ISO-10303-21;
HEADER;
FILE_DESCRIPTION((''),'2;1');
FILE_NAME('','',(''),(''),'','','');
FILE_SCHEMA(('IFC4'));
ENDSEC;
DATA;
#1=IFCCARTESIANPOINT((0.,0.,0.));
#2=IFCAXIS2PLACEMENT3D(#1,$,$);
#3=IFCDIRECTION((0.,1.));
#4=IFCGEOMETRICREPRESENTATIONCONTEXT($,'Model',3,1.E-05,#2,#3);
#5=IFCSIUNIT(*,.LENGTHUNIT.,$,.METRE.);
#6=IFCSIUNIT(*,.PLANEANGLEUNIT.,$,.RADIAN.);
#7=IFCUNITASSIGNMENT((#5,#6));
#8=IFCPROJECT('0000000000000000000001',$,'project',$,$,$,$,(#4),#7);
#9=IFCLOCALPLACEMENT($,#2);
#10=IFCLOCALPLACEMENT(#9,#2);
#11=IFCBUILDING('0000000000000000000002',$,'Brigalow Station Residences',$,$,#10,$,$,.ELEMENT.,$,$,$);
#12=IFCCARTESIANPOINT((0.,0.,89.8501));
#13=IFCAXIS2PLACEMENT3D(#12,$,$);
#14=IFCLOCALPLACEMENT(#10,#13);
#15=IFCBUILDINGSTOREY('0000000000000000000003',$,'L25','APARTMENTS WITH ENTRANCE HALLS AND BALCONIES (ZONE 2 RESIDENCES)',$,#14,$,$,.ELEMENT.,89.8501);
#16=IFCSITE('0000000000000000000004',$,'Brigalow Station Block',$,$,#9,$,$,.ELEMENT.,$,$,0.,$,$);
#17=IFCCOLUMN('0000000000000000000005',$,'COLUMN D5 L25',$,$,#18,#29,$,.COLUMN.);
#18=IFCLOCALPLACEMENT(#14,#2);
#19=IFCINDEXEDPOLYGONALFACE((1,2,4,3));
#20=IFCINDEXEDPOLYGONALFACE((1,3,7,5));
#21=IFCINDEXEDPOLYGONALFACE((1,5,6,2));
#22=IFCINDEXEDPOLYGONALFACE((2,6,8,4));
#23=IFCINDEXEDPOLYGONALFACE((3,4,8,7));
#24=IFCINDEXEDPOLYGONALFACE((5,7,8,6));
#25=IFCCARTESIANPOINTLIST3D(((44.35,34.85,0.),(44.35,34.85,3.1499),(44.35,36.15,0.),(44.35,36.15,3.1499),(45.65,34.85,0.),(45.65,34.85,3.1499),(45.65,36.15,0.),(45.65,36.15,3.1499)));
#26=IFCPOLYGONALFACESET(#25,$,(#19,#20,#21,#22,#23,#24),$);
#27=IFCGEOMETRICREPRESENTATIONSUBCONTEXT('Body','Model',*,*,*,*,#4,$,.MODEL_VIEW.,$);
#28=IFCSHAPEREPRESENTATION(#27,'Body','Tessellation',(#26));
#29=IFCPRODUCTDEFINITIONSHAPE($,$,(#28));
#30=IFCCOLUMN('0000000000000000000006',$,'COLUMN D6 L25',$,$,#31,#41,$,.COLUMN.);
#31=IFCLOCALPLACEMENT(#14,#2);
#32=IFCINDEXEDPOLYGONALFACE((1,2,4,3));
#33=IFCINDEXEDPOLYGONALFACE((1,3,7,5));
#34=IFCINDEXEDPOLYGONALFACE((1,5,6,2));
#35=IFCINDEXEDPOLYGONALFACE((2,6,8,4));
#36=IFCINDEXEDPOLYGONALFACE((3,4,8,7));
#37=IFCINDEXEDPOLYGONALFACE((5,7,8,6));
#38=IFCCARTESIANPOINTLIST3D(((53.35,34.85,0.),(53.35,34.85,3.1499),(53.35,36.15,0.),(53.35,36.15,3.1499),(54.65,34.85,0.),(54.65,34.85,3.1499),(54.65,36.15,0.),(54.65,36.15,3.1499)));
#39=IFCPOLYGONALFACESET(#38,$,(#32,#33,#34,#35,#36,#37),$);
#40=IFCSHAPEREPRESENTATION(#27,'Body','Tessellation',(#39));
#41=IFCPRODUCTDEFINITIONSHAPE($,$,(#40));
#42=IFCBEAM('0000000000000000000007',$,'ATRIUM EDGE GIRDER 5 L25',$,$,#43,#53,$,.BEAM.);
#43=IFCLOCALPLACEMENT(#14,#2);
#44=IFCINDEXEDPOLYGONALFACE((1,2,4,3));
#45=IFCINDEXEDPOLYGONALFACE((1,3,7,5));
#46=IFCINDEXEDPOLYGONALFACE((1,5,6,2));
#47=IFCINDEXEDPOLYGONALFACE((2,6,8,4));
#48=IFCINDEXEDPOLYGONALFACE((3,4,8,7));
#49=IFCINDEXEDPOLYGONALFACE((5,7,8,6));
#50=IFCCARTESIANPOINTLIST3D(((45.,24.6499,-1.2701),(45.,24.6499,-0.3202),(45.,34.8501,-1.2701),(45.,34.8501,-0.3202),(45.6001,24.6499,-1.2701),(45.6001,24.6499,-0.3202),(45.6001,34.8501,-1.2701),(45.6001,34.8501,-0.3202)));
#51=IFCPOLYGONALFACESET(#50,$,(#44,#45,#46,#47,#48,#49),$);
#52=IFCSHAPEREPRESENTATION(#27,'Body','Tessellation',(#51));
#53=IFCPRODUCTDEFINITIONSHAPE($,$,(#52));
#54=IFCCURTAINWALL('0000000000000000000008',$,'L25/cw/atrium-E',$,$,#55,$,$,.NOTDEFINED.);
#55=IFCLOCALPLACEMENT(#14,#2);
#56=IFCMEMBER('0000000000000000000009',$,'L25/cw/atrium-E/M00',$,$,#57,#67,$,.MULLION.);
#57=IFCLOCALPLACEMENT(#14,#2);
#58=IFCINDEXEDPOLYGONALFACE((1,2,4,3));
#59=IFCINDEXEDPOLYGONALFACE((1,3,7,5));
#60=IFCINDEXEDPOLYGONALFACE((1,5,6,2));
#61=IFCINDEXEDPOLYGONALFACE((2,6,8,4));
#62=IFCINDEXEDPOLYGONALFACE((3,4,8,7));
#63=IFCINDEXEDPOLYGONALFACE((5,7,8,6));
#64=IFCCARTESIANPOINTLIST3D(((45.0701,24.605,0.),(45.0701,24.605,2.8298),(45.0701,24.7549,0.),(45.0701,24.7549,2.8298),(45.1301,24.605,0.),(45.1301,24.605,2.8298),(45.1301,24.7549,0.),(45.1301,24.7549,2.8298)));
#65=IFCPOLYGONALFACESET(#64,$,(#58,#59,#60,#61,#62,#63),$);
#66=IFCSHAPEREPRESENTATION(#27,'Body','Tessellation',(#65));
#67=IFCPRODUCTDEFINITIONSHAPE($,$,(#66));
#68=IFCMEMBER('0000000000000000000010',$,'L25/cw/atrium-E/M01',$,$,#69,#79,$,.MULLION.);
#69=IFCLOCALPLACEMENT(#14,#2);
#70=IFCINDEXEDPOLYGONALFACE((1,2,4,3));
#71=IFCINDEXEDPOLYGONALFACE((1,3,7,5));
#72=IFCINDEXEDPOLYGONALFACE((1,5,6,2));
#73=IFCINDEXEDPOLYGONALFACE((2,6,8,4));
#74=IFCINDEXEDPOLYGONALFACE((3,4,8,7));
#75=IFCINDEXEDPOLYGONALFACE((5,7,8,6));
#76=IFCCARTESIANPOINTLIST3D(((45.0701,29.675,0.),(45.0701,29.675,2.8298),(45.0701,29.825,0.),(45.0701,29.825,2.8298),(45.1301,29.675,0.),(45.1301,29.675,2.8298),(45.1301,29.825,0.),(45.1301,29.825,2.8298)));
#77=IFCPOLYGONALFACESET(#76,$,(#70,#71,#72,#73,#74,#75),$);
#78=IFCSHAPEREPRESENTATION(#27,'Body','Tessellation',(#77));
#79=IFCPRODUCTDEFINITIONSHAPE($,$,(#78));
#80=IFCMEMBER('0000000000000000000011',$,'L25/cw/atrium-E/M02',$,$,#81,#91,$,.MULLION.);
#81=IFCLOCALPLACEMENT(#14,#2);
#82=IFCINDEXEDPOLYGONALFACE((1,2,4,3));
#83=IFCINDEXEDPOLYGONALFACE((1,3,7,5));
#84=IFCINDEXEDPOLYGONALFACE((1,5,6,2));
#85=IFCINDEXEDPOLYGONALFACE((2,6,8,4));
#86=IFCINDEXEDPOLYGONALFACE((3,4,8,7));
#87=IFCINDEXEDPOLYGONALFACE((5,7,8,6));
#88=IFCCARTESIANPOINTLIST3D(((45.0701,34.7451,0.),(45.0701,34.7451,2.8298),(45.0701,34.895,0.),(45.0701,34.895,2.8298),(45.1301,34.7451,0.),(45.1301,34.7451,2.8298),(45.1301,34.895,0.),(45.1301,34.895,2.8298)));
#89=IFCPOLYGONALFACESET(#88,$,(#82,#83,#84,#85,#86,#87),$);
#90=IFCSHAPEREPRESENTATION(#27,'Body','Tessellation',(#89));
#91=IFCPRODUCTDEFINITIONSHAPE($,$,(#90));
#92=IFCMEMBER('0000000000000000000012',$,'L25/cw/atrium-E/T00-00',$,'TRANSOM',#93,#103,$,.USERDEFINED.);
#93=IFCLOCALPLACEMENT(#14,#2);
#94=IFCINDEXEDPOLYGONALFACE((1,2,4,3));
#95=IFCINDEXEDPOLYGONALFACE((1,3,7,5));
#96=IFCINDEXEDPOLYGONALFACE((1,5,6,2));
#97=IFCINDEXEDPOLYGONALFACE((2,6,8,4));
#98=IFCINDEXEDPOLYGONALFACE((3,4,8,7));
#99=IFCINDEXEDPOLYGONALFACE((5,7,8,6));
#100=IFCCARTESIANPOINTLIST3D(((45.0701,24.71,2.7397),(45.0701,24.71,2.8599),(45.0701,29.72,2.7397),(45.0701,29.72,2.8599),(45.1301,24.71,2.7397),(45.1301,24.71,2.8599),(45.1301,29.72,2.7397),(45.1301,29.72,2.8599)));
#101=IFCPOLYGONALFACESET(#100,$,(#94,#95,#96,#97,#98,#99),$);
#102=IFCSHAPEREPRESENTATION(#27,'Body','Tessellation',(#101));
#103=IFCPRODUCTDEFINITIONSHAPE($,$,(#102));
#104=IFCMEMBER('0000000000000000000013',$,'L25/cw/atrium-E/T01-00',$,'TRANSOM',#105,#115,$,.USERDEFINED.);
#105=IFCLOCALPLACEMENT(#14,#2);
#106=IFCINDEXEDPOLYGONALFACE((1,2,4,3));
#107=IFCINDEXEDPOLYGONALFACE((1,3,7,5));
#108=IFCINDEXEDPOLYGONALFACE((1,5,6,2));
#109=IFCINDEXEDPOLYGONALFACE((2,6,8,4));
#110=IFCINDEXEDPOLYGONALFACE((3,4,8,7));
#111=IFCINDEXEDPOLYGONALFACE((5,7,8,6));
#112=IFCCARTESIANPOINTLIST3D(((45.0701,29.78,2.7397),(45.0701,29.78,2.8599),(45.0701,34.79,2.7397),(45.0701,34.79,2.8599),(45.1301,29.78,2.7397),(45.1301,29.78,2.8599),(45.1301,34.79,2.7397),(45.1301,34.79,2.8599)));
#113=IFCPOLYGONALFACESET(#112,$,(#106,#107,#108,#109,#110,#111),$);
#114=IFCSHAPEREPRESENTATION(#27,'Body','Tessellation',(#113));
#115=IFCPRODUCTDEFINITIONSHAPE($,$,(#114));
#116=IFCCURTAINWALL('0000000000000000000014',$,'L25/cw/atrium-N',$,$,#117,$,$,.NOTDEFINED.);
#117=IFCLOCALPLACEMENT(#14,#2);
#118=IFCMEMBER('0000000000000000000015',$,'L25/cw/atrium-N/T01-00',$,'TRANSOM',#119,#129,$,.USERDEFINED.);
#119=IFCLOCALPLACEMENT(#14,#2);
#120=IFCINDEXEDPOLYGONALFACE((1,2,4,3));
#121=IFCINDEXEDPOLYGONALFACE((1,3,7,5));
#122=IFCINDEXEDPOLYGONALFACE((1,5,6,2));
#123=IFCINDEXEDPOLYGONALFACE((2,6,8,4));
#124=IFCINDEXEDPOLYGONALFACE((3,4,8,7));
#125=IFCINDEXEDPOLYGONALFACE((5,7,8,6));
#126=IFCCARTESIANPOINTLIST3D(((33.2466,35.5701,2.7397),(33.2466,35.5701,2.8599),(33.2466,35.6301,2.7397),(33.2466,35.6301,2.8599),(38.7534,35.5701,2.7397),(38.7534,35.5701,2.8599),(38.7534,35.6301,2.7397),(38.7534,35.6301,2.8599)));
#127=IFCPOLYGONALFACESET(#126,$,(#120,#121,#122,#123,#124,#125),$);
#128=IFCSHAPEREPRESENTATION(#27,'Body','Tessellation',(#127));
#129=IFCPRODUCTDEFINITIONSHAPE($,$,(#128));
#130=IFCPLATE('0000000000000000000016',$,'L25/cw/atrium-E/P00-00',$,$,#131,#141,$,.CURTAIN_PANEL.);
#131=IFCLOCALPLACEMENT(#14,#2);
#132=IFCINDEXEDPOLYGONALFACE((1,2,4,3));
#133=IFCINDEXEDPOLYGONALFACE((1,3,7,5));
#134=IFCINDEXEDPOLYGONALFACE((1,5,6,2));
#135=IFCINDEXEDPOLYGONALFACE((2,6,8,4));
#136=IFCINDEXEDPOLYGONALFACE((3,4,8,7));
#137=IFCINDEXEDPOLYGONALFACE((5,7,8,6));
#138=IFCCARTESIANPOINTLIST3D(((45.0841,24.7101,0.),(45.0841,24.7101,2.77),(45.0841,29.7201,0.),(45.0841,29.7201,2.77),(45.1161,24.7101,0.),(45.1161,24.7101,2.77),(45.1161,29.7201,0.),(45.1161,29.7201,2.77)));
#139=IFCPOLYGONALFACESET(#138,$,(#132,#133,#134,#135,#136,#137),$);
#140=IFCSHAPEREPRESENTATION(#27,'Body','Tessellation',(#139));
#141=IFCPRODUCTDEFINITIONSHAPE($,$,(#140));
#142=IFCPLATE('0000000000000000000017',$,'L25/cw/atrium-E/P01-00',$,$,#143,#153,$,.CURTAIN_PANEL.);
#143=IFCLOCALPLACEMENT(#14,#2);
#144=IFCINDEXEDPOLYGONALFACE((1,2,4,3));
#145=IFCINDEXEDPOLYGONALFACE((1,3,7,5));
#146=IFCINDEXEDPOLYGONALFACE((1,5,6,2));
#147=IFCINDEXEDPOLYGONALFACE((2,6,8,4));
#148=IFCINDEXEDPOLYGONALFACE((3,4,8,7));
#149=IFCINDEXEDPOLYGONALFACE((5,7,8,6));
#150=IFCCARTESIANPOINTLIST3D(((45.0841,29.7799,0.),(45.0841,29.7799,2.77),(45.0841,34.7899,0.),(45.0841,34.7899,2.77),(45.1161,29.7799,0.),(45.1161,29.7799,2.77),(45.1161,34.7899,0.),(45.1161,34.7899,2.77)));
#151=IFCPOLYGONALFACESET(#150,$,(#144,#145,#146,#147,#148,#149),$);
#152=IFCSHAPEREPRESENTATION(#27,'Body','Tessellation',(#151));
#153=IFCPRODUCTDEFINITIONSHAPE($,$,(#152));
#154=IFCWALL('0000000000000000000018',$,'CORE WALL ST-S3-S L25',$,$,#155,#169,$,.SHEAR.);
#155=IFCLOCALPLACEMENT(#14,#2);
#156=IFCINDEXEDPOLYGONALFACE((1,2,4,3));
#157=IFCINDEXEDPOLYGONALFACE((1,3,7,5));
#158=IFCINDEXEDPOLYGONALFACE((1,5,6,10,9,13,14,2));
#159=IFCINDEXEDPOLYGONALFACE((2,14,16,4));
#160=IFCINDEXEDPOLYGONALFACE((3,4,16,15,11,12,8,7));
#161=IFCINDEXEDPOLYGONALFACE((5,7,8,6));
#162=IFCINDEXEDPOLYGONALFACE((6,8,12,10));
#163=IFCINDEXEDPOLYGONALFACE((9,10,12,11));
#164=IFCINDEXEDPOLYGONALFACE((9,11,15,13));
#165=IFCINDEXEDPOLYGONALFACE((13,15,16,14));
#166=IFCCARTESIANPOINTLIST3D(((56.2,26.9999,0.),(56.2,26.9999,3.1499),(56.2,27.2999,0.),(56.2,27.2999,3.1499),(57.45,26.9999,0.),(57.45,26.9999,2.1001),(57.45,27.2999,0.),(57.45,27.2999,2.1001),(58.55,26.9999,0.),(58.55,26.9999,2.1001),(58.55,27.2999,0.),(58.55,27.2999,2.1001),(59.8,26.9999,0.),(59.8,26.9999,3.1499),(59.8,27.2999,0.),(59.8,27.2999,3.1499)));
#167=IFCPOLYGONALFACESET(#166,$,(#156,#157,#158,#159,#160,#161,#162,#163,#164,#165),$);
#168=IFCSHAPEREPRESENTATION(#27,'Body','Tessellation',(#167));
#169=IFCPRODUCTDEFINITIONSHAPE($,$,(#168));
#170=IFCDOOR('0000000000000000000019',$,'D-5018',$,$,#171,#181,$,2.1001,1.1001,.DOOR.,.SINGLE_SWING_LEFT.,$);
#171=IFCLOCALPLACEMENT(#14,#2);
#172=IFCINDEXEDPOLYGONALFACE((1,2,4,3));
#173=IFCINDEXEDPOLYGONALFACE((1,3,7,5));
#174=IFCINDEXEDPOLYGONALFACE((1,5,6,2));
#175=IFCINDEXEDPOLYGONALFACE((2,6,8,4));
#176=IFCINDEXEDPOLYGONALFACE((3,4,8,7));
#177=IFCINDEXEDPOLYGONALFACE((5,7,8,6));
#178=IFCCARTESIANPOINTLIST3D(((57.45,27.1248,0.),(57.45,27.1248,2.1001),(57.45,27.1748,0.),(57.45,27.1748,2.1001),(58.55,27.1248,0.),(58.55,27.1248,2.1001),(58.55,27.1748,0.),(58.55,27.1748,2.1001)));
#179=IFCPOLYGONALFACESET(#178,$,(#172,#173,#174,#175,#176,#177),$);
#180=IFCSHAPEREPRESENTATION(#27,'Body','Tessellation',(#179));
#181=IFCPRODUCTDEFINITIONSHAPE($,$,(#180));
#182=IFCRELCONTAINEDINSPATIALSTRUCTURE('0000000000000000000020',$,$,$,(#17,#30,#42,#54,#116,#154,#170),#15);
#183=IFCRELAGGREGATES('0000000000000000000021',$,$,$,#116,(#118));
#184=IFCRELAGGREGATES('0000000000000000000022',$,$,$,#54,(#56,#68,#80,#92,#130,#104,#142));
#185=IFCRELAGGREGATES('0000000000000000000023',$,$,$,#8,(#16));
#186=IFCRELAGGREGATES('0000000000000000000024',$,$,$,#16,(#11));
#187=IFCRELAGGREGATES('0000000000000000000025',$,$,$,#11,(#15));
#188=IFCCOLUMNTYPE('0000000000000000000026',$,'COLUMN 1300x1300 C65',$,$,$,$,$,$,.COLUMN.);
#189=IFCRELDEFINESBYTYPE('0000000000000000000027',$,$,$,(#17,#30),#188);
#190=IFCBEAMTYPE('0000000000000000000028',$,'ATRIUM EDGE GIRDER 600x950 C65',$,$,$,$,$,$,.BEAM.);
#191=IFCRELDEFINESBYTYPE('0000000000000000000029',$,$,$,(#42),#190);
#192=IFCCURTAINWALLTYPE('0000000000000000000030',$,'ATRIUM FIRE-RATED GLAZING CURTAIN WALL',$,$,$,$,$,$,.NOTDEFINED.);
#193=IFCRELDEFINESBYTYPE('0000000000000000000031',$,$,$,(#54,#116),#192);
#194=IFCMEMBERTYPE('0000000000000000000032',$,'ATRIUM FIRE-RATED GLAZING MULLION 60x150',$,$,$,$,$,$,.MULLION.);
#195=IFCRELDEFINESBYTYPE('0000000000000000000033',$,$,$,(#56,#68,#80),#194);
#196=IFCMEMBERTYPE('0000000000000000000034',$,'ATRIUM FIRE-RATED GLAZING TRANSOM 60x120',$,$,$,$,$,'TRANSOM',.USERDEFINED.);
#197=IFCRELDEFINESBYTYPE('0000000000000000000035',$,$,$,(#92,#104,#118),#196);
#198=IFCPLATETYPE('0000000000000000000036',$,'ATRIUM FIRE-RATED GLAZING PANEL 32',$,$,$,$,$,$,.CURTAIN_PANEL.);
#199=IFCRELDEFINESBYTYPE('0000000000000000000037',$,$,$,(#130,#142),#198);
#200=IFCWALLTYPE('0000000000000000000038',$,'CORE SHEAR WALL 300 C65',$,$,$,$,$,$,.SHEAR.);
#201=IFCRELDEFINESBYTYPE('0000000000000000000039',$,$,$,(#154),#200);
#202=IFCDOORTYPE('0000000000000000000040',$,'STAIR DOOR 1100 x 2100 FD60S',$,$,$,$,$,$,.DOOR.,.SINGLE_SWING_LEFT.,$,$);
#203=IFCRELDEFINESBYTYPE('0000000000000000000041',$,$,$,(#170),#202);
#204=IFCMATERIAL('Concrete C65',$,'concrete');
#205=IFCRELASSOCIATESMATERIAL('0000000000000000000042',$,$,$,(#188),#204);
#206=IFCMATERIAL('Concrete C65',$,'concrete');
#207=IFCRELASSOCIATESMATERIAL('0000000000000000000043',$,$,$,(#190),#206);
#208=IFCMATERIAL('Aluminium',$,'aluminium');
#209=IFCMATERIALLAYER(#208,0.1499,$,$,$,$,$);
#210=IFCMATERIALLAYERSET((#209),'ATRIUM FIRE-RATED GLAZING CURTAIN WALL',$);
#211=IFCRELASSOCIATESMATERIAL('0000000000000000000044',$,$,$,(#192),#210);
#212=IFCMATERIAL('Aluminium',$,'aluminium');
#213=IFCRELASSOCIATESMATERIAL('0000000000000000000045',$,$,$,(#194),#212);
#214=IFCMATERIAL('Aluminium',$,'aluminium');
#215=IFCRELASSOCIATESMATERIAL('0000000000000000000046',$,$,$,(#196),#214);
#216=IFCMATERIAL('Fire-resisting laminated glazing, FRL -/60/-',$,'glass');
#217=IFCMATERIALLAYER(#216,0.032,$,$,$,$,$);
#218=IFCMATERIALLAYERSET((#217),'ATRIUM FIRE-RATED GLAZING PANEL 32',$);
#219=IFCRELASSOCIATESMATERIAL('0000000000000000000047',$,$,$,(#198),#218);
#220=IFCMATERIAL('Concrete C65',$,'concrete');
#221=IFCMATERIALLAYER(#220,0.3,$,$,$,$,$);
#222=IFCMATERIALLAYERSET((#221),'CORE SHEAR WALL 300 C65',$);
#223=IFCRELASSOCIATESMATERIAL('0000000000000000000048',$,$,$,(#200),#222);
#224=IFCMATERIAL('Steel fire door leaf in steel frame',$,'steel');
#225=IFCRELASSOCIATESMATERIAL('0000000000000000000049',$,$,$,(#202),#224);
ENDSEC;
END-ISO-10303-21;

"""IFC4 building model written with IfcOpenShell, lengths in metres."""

from ifc_helpers import new_model, si_unit, direction, frame, frame_2d, origin, origin_2d, place, context, subcontext, project, spatial, rectangle, extrude, material, layer, layer_set, material_profile, profile_set, type_object, element, fill, aggregate, save


model = new_model("IFC4")

# Units and contexts
model_context = context("Model", 3, precision=1e-05, world=origin(), true_north=direction((0.0, 1.0)))
body_context = subcontext(model_context, "Body", "Model", "MODEL_VIEW")
ifc_project = project(units=[si_unit("LENGTHUNIT", "METRE"), si_unit("PLANEANGLEUNIT", "RADIAN")], contexts=[model_context])

# Site, building, storey
site_placement = place(None, origin())
site = spatial("IfcSite", under=ifc_project, at=site_placement, Name="Brigalow Station Block", CompositionType="ELEMENT", RefElevation=0.0)
building_placement = place(site_placement, origin())
building = spatial("IfcBuilding", under=site, at=building_placement, Name="Brigalow Station Residences", CompositionType="ELEMENT")
storey_placement = place(building_placement, frame((0.0, 0.0, 89.8501)))
storey = spatial("IfcBuildingStorey", under=building, at=storey_placement, Name="L25", Description="APARTMENTS WITH ENTRANCE HALLS AND BALCONIES (ZONE 2 RESIDENCES)", CompositionType="ELEMENT", Elevation=89.8501)

# Columns
ifc_material_1 = material(Name="Concrete C65", Category="concrete")
ifc_material_profile_1 = material_profile(ifc_material_1, rectangle(XDim=1.3, YDim=1.3, at=origin_2d()), Name="RC1300x1300")
ifc_profile_set_1 = profile_set([ifc_material_profile_1], Name="Concrete C65")
column_type = type_object("IfcColumnType", Name="COLUMN 1300x1300 C65", PredefinedType="COLUMN", material=ifc_profile_set_1)
for number, where, z_axis, x_axis, name in (
    (1, (45.0, 35.5, 0.0), (0.0, 0.0, 1.0), (1.0, 0.0, 0.0), "COLUMN D5 L25"),
    (2, (54.0, 35.5, 0.0), (0.0, 0.0, 1.0), (1.0, 0.0, 0.0), "COLUMN D6 L25"),
):
    element("IfcColumn", number, at=place(storey_placement, frame(where, z_axis=z_axis, x_axis=x_axis)), inside=storey, type_object=column_type, Name=name, PredefinedType="COLUMN", context=body_context, shape_type="SweptSolid", body=[
        extrude(rectangle(XDim=1.3, YDim=1.3, at=origin_2d()), origin(), (0.0, 0.0, 1.0), 3.1499),
    ])

# Beam
ifc_material_2 = material(Name="Concrete C65", Category="concrete")
ifc_material_profile_2 = material_profile(ifc_material_2, rectangle(XDim=0.6001, YDim=0.95, at=origin_2d()), Name="RC600x950")
ifc_profile_set_2 = profile_set([ifc_material_profile_2], Name="Concrete C65")
beam_type = type_object("IfcBeamType", Name="ATRIUM EDGE GIRDER 600x950 C65", PredefinedType="BEAM", material=ifc_profile_set_2)
beam_placement = place(storey_placement, frame((45.3, 24.6499, -0.7952), z_axis=(0.0, 1.0, 0.0), x_axis=(-1.0, 0.0, 0.0)))
element("IfcBeam", 3, at=beam_placement, inside=storey, type_object=beam_type, Name="ATRIUM EDGE GIRDER 5 L25", PredefinedType="BEAM", context=body_context, shape_type="SweptSolid", body=[
    extrude(rectangle(XDim=0.6001, YDim=0.95, at=origin_2d()), origin(), (0.0, 0.0, 1.0), 10.2002),
])

# Curtain wall, members
ifc_material_3 = material(Name="Aluminium", Category="aluminium")
ifc_layer_1 = layer(ifc_material_3, 0.1499)
ifc_layer_set_1 = layer_set([ifc_layer_1], Name="ATRIUM FIRE-RATED GLAZING CURTAIN WALL")
curtain_wall_type = type_object("IfcCurtainWallType", Name="ATRIUM FIRE-RATED GLAZING CURTAIN WALL", PredefinedType="NOTDEFINED", material=ifc_layer_set_1)
curtain_wall_1_placement = place(storey_placement, origin())
curtain_wall_1 = element("IfcCurtainWall", 4, at=curtain_wall_1_placement, inside=storey, type_object=curtain_wall_type, Name="L25/cw/atrium-E", PredefinedType="NOTDEFINED")
ifc_material_4 = material(Name="Aluminium", Category="aluminium")
ifc_material_profile_3 = material_profile(ifc_material_4, rectangle(XDim=0.0601, YDim=0.1499, at=origin_2d()), Name="ATRIUM FIRE-RATED GLAZING MULLION 60x150")
ifc_profile_set_3 = profile_set([ifc_material_profile_3], Name="Aluminium")
member_type_1 = type_object("IfcMemberType", Name="ATRIUM FIRE-RATED GLAZING MULLION 60x150", PredefinedType="MULLION", material=ifc_profile_set_3)
member_1_placement = place(storey_placement, frame((45.1001, 24.6799, 0.0), z_axis=(0.0, 0.0, 1.0), x_axis=(-1.0, 0.0, 0.0)))
member_1 = element("IfcMember", 5, at=member_1_placement, type_object=member_type_1, Name="L25/cw/atrium-E/M00", PredefinedType="MULLION", context=body_context, shape_type="SweptSolid", body=[
    extrude(rectangle(XDim=0.0601, YDim=0.1499, at=origin_2d()), origin(), (0.0, 0.0, 1.0), 2.8298),
])
member_2_placement = place(storey_placement, frame((45.1001, 29.75, 0.0), z_axis=(0.0, 0.0, 1.0), x_axis=(-1.0, 0.0, 0.0)))
member_2 = element("IfcMember", 6, at=member_2_placement, type_object=member_type_1, Name="L25/cw/atrium-E/M01", PredefinedType="MULLION", context=body_context, shape_type="SweptSolid", body=[
    extrude(rectangle(XDim=0.0601, YDim=0.1499, at=origin_2d()), origin(), (0.0, 0.0, 1.0), 2.8298),
])
member_3_placement = place(storey_placement, frame((45.1001, 34.8201, 0.0), z_axis=(0.0, 0.0, 1.0), x_axis=(-1.0, 0.0, 0.0)))
member_3 = element("IfcMember", 7, at=member_3_placement, type_object=member_type_1, Name="L25/cw/atrium-E/M02", PredefinedType="MULLION", context=body_context, shape_type="SweptSolid", body=[
    extrude(rectangle(XDim=0.0601, YDim=0.1499, at=origin_2d()), origin(), (0.0, 0.0, 1.0), 2.8298),
])
ifc_material_5 = material(Name="Aluminium", Category="aluminium")
ifc_material_profile_4 = material_profile(ifc_material_5, rectangle(XDim=0.0601, YDim=0.1201, at=origin_2d()), Name="ATRIUM FIRE-RATED GLAZING TRANSOM 60x120")
ifc_profile_set_4 = profile_set([ifc_material_profile_4], Name="Aluminium")
member_type_2 = type_object("IfcMemberType", Name="ATRIUM FIRE-RATED GLAZING TRANSOM 60x120", ElementType="TRANSOM", PredefinedType="USERDEFINED", material=ifc_profile_set_4)
member_4_placement = place(storey_placement, frame((45.1001, 24.71, 2.7998), z_axis=(0.0, 1.0, 0.0), x_axis=(-1.0, 0.0, 0.0)))
member_4 = element("IfcMember", 8, at=member_4_placement, type_object=member_type_2, Name="L25/cw/atrium-E/T00-00", ObjectType="TRANSOM", PredefinedType="USERDEFINED", context=body_context, shape_type="SweptSolid", body=[
    extrude(rectangle(XDim=0.0601, YDim=0.1201, at=origin_2d()), origin(), (0.0, 0.0, 1.0), 5.01),
])
member_5_placement = place(storey_placement, frame((45.1001, 29.78, 2.7998), z_axis=(0.0, 1.0, 0.0), x_axis=(-1.0, 0.0, 0.0)))
member_5 = element("IfcMember", 9, at=member_5_placement, type_object=member_type_2, Name="L25/cw/atrium-E/T01-00", ObjectType="TRANSOM", PredefinedType="USERDEFINED", context=body_context, shape_type="SweptSolid", body=[
    extrude(rectangle(XDim=0.0601, YDim=0.1201, at=origin_2d()), origin(), (0.0, 0.0, 1.0), 5.01),
])

# Curtain wall, member
curtain_wall_2_placement = place(storey_placement, origin())
curtain_wall_2 = element("IfcCurtainWall", 10, at=curtain_wall_2_placement, inside=storey, type_object=curtain_wall_type, Name="L25/cw/atrium-N", PredefinedType="NOTDEFINED")
member_6_placement = place(storey_placement, frame((38.7534, 35.6001, 2.7998), z_axis=(-1.0, 0.0, 0.0), x_axis=(0.0, -1.0, 0.0)))
member_6 = element("IfcMember", 11, at=member_6_placement, type_object=member_type_2, Name="L25/cw/atrium-N/T01-00", ObjectType="TRANSOM", PredefinedType="USERDEFINED", context=body_context, shape_type="SweptSolid", body=[
    extrude(rectangle(XDim=0.0601, YDim=0.1201, at=origin_2d()), origin(), (0.0, 0.0, 1.0), 5.5068),
])
aggregate(curtain_wall_2, [member_6])

# Plates
ifc_material_6 = material(Name="Fire-resisting laminated glazing, FRL -/60/-", Category="glass")
ifc_layer_2 = layer(ifc_material_6, 0.032)
ifc_layer_set_2 = layer_set([ifc_layer_2], Name="ATRIUM FIRE-RATED GLAZING PANEL 32")
plate_type = type_object("IfcPlateType", Name="ATRIUM FIRE-RATED GLAZING PANEL 32", PredefinedType="CURTAIN_PANEL", material=ifc_layer_set_2)
plate_1_placement = place(storey_placement, frame((45.1001, 27.2151, 0.0), z_axis=(0.0, 0.0, 1.0), x_axis=(0.0, 1.0, 0.0)))
plate_1 = element("IfcPlate", 12, at=plate_1_placement, type_object=plate_type, Name="L25/cw/atrium-E/P00-00", PredefinedType="CURTAIN_PANEL", context=body_context, shape_type="SweptSolid", body=[
    extrude(rectangle(XDim=5.01, YDim=0.032, at=origin_2d()), origin(), (0.0, 0.0, 1.0), 2.77),
])
plate_2_placement = place(storey_placement, frame((45.1001, 32.2849, 0.0), z_axis=(0.0, 0.0, 1.0), x_axis=(0.0, 1.0, 0.0)))
plate_2 = element("IfcPlate", 13, at=plate_2_placement, type_object=plate_type, Name="L25/cw/atrium-E/P01-00", PredefinedType="CURTAIN_PANEL", context=body_context, shape_type="SweptSolid", body=[
    extrude(rectangle(XDim=5.01, YDim=0.032, at=origin_2d()), origin(), (0.0, 0.0, 1.0), 2.77),
])
aggregate(curtain_wall_1, [member_1, member_2, member_3, member_4, plate_1, member_5, plate_2])

# Wall, opening, door
ifc_material_7 = material(Name="Concrete C65", Category="concrete")
ifc_layer_3 = layer(ifc_material_7, 0.3)
ifc_layer_set_3 = layer_set([ifc_layer_3], Name="CORE SHEAR WALL 300 C65")
wall_type_1 = type_object("IfcWallType", Name="CORE SHEAR WALL 300 C65", PredefinedType="SHEAR", material=ifc_layer_set_3)
wall_1_placement = place(storey_placement, frame((56.2, 27.1499, 0.0), z_axis=(0.0, 0.0, 1.0), x_axis=(1.0, 0.0, 0.0)))
wall_1 = element("IfcWall", 14, at=wall_1_placement, inside=storey, type_object=wall_type_1, Name="CORE WALL ST-S3-S L25", PredefinedType="SHEAR", context=body_context, shape_type="SweptSolid", body=[
    extrude(rectangle(XDim=3.6001, YDim=0.3, at=frame_2d((1.8, 0.0))), origin(), (0.0, 0.0, 1.0), 3.1499),
])
opening_1_placement = place(wall_1_placement, frame((1.25, 0.0, 0.0)))
opening_1 = element("IfcOpeningElement", 15, at=opening_1_placement, cuts=wall_1, PredefinedType="OPENING", context=body_context, shape_type="SweptSolid", body=[
    extrude(rectangle(XDim=1.1001, YDim=2.1001, at=frame_2d((0.55, 1.05))), frame((0.0, 0.1602, 0.0), z_axis=(0.0, -1.0, 0.0), x_axis=(1.0, 0.0, 0.0)), (0.0, 0.0, 1.0), 0.3201),
])
ifc_material_8 = material(Name="Steel fire door leaf in steel frame", Category="steel")
door_type_1 = type_object("IfcDoorType", Name="STAIR DOOR 1100 x 2100 FD60S", OperationType="SINGLE_SWING_LEFT", PredefinedType="DOOR", material=ifc_material_8)
door_1_placement = place(opening_1_placement, origin())
door_1 = element("IfcDoor", 16, at=door_1_placement, inside=storey, type_object=door_type_1, Name="D-5018", OperationType="SINGLE_SWING_LEFT", OverallHeight=2.1001, OverallWidth=1.1001, PredefinedType="DOOR", context=body_context, shape_type="SweptSolid", body=[
    extrude(rectangle(XDim=1.1001, YDim=2.1001, at=frame_2d((0.55, 1.05))), frame((0.0, 0.0249, 0.0), z_axis=(0.0, -1.0, 0.0), x_axis=(1.0, 0.0, 0.0)), (0.0, 0.0, 1.0), 0.05),
])
fill(opening_1, door_1)

save(model, "model.ifc")
